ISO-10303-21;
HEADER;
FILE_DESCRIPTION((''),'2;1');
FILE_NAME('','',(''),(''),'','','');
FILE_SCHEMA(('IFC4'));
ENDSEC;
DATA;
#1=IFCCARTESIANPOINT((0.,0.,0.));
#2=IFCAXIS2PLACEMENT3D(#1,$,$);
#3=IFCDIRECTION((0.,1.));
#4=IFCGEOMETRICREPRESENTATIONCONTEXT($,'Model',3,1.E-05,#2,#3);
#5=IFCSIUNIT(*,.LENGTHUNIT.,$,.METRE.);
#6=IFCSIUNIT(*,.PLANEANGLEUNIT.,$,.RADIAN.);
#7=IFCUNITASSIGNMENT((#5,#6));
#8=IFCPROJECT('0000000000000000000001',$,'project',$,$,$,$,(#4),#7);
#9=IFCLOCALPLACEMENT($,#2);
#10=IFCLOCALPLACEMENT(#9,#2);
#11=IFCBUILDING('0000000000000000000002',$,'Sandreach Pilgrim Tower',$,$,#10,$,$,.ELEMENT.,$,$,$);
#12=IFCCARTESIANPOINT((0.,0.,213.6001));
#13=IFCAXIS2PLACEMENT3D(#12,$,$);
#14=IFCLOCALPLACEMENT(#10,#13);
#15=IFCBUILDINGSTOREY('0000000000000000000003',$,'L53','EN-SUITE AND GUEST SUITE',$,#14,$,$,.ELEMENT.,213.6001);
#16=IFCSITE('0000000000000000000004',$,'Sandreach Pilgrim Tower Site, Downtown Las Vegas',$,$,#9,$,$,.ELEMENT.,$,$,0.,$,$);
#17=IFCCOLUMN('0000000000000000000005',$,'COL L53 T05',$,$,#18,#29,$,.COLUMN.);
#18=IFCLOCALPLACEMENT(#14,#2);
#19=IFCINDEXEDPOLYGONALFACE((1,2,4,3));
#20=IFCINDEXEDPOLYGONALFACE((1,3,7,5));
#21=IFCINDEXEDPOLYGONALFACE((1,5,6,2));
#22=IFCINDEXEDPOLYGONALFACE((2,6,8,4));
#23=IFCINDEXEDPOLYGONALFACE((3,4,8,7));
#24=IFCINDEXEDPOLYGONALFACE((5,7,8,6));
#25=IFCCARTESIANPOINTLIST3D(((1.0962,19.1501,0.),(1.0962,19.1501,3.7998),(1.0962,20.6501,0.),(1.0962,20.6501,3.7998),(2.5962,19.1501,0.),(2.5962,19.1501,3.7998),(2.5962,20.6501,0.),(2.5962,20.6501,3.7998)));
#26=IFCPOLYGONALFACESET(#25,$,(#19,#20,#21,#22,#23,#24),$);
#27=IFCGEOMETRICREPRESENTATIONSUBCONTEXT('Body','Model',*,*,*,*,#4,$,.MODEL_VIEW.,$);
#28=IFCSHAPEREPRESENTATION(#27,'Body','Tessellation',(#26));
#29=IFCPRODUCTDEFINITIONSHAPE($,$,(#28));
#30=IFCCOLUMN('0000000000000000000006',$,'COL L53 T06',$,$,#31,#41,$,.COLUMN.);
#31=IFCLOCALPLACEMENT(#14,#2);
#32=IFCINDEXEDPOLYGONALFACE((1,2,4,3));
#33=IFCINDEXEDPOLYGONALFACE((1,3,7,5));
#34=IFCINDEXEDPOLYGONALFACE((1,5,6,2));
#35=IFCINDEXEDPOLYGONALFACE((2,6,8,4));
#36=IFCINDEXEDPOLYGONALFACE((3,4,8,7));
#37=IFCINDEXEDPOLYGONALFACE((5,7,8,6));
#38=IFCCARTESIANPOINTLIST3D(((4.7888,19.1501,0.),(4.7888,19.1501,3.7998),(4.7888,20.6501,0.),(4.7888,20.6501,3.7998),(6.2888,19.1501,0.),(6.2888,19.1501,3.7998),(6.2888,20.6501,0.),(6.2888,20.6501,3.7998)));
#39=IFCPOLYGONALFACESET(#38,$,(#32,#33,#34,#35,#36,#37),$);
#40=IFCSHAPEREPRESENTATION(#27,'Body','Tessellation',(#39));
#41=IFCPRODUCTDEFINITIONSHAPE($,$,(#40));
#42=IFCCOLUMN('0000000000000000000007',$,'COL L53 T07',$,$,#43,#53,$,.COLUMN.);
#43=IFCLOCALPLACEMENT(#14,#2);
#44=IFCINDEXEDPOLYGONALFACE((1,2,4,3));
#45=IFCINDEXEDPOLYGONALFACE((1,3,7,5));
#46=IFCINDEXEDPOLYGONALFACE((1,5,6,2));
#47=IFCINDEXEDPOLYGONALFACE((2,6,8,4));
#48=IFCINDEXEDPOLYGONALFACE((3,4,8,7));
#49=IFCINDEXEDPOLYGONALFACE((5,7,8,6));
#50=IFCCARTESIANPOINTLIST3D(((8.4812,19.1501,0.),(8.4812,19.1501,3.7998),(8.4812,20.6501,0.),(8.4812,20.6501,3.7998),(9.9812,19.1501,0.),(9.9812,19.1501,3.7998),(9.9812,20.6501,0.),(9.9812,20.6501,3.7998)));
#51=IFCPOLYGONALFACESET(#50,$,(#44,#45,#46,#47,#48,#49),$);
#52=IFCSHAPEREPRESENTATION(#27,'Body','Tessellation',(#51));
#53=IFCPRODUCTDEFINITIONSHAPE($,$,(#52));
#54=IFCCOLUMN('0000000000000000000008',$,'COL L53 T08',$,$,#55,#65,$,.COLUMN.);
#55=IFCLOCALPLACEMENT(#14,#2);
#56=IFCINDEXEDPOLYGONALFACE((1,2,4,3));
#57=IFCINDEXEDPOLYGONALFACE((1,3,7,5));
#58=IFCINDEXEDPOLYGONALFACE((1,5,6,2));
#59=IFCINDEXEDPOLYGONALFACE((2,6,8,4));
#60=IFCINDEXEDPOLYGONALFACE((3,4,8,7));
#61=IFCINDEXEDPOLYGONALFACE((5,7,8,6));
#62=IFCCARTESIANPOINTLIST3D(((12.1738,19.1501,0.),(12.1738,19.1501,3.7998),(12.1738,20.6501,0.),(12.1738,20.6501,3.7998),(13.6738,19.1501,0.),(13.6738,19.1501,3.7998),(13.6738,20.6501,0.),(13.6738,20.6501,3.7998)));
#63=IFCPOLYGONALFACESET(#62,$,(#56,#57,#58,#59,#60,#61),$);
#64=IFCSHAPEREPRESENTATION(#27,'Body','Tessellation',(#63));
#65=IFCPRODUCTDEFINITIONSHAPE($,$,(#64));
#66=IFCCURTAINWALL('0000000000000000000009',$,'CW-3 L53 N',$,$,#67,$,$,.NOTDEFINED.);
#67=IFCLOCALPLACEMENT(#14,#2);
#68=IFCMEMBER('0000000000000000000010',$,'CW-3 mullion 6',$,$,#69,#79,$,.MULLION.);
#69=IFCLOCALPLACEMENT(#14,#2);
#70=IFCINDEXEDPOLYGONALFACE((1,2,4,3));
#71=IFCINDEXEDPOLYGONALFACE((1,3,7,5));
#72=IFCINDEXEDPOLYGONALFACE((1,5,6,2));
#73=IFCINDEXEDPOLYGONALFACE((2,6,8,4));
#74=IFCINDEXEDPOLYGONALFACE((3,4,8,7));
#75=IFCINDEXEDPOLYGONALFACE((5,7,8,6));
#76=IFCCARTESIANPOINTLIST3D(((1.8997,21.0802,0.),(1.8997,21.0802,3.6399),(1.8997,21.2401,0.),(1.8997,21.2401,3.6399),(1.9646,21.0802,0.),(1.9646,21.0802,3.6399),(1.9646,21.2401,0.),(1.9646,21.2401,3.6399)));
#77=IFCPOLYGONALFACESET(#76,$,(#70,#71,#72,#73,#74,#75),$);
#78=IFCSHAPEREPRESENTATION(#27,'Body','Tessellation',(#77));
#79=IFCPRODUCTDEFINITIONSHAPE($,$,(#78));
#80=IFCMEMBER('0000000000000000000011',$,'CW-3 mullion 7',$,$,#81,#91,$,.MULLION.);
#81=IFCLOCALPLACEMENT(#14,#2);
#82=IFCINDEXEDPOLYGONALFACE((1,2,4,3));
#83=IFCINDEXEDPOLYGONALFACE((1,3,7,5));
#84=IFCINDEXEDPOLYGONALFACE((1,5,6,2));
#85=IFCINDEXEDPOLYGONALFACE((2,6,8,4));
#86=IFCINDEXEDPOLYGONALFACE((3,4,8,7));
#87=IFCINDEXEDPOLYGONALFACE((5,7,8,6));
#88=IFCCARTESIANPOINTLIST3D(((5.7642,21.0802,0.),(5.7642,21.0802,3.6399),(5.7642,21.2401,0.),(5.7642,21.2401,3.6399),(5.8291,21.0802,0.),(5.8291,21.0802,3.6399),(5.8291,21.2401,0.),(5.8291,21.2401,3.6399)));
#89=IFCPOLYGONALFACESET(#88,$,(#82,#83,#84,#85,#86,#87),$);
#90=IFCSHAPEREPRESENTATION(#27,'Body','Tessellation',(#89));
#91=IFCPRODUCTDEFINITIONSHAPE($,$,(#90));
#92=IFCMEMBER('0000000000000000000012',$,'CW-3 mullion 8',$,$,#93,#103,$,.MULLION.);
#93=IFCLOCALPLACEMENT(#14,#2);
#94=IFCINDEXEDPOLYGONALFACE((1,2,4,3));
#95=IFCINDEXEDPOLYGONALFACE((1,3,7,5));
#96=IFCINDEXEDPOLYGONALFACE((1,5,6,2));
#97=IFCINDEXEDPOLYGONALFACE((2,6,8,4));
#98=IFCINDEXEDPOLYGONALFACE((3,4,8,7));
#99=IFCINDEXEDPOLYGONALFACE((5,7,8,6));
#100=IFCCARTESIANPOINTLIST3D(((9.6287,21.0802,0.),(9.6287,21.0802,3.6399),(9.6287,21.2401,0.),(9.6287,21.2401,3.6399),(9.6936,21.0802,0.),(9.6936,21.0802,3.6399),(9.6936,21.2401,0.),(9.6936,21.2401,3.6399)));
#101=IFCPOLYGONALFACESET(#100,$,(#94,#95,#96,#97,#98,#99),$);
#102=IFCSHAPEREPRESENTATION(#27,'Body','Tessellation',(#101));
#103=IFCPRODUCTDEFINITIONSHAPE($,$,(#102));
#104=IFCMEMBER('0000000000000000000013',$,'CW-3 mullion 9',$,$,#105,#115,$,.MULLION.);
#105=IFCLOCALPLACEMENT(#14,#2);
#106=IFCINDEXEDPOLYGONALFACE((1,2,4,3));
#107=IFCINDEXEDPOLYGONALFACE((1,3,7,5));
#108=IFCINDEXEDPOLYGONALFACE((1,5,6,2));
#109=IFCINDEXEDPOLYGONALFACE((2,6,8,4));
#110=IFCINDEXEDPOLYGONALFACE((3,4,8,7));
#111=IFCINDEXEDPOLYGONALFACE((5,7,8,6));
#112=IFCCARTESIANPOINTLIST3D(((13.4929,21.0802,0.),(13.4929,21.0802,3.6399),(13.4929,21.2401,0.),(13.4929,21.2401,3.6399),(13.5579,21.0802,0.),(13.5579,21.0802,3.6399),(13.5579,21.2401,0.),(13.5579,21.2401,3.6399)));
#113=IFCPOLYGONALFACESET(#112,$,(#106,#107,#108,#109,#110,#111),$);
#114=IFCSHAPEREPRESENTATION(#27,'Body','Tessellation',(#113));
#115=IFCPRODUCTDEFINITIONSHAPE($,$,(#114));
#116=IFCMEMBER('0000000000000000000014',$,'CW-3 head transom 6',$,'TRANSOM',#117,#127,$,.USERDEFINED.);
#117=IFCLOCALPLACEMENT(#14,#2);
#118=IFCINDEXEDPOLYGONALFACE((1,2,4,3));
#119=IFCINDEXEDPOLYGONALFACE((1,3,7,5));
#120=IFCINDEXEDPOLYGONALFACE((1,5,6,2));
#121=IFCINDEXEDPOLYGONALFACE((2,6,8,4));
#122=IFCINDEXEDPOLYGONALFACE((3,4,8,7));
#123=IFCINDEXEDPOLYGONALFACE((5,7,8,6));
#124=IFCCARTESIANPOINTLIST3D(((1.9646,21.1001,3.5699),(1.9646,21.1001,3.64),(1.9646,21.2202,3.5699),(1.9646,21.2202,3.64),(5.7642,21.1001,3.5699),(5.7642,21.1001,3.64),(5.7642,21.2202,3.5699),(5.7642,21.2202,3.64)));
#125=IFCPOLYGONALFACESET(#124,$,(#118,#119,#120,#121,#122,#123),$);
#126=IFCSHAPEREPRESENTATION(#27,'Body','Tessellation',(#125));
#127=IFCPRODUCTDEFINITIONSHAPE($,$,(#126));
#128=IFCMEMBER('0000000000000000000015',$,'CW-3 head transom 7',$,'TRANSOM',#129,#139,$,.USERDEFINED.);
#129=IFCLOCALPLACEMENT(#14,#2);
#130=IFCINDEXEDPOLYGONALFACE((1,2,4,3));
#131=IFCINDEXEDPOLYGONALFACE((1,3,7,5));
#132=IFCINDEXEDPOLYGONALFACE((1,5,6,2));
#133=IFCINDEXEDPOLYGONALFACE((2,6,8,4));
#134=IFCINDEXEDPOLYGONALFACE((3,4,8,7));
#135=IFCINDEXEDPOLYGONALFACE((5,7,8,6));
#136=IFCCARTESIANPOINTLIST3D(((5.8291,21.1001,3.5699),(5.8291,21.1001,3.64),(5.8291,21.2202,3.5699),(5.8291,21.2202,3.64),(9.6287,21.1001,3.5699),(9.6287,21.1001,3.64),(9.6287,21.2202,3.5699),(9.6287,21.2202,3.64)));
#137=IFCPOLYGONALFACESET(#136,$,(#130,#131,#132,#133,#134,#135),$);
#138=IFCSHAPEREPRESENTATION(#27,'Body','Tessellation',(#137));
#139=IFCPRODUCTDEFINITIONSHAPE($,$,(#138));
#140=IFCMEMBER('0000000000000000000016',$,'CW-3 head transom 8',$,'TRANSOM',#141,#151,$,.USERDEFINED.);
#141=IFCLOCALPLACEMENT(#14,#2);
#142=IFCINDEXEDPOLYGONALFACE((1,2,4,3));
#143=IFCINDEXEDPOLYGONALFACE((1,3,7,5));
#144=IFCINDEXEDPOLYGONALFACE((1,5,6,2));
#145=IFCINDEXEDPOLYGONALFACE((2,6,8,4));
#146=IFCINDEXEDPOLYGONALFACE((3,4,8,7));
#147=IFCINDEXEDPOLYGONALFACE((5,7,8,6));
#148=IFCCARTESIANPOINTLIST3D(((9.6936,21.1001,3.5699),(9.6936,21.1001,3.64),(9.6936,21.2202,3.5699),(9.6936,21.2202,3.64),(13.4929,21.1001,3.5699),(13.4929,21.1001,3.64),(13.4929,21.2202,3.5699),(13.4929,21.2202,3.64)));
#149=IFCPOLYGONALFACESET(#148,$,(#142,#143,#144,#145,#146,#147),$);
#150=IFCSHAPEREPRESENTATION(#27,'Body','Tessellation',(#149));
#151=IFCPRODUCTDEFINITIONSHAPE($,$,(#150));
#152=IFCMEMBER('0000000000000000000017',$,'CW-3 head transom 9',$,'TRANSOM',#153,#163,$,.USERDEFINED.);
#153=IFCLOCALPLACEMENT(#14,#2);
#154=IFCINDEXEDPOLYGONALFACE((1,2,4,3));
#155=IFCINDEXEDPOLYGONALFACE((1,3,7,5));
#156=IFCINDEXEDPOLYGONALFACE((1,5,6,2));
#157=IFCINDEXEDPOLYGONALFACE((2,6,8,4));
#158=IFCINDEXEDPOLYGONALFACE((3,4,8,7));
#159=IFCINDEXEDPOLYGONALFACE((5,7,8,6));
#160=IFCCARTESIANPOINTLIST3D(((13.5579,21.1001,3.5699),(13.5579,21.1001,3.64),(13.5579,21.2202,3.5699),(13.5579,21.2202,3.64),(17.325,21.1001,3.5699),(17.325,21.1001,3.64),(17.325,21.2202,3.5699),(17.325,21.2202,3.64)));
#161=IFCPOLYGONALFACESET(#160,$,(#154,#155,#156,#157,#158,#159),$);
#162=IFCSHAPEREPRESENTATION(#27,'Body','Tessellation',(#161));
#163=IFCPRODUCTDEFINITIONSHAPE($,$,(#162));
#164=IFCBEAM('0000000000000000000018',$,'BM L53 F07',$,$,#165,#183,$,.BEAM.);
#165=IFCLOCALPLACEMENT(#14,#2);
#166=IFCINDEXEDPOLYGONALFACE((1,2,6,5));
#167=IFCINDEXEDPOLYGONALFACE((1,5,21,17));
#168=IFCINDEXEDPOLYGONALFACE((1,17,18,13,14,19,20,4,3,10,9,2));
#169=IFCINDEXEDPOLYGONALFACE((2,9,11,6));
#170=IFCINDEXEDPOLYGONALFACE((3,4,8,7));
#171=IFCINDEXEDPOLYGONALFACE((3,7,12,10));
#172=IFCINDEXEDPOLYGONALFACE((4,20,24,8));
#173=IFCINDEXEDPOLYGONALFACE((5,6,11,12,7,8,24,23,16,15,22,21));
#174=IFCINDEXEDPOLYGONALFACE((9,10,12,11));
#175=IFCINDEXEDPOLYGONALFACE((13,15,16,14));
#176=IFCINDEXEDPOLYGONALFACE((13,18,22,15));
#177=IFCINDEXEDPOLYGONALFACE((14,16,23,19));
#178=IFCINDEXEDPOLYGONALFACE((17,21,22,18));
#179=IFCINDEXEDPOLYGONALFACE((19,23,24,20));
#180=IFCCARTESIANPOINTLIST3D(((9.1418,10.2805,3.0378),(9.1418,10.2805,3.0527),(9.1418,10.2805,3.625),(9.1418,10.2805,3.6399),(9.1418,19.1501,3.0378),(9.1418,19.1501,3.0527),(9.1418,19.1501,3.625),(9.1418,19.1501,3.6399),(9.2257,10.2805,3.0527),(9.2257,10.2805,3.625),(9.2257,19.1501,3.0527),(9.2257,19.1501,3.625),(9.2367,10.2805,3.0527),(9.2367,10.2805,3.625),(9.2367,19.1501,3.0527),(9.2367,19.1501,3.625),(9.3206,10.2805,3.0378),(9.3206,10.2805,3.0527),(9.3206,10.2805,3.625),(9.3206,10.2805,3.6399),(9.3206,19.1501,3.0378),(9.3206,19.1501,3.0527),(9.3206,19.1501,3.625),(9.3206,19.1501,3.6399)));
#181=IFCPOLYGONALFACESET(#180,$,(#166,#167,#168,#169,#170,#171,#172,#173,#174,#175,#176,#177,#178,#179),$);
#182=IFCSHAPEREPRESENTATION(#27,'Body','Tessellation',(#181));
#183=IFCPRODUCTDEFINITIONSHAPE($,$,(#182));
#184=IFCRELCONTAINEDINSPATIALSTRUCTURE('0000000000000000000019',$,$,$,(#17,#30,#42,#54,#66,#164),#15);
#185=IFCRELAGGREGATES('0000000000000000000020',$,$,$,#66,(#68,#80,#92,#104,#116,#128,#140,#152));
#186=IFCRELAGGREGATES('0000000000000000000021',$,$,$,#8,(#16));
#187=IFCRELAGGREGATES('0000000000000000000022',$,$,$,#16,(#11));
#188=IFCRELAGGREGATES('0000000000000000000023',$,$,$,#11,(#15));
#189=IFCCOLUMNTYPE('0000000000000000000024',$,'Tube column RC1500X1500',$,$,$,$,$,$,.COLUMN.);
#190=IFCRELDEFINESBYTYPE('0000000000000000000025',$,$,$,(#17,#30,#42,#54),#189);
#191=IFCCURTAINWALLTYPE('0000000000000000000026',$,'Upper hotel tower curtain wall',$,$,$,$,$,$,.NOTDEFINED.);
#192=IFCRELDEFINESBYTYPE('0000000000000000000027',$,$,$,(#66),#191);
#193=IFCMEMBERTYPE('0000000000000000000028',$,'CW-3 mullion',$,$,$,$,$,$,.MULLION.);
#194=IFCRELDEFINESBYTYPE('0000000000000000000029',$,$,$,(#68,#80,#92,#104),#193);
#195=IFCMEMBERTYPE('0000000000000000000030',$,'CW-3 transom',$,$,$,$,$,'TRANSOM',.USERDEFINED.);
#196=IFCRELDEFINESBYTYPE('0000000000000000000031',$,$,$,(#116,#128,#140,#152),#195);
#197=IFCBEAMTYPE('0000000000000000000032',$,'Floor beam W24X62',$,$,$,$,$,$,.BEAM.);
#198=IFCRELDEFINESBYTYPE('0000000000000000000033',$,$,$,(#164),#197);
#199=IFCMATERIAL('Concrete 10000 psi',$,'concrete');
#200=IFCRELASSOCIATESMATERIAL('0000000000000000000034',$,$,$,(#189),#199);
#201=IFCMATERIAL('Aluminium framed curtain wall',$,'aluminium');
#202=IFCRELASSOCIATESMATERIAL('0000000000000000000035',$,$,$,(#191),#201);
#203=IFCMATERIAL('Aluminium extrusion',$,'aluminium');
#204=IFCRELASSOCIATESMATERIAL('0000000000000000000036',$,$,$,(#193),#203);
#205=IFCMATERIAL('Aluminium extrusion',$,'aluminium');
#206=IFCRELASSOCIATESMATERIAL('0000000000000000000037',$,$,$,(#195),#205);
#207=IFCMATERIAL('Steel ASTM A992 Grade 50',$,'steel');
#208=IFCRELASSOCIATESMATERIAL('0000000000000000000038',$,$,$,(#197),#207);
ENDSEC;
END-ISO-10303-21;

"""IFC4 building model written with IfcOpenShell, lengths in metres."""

from ifc_helpers import new_model, si_unit, direction, frame, origin, origin_2d, place, context, subcontext, project, spatial, rectangle, i_section, extrude, material, material_profile, profile_set, type_object, element, aggregate, save


model = new_model("IFC4")

# Units and contexts
model_context = context("Model", 3, precision=1e-05, world=origin(), true_north=direction((0.0, 1.0)))
body_context = subcontext(model_context, "Body", "Model", "MODEL_VIEW")
ifc_project = project(units=[si_unit("LENGTHUNIT", "METRE"), si_unit("PLANEANGLEUNIT", "RADIAN")], contexts=[model_context])

# Site, building, storey
site_placement = place(None, origin())
site = spatial("IfcSite", under=ifc_project, at=site_placement, Name="Sandreach Pilgrim Tower Site, Downtown Las Vegas", CompositionType="ELEMENT", RefElevation=0.0)
building_placement = place(site_placement, origin())
building = spatial("IfcBuilding", under=site, at=building_placement, Name="Sandreach Pilgrim Tower", CompositionType="ELEMENT")
storey_placement = place(building_placement, frame((0.0, 0.0, 213.6001)))
storey = spatial("IfcBuildingStorey", under=building, at=storey_placement, Name="L53", Description="EN-SUITE AND GUEST SUITE", CompositionType="ELEMENT", Elevation=213.6001)

# Columns
ifc_material_1 = material(Name="Concrete 10000 psi", Category="concrete")
ifc_material_profile_1 = material_profile(ifc_material_1, rectangle(XDim=1.5, YDim=1.5, at=origin_2d()), Name="RC1500X1500")
ifc_profile_set_1 = profile_set([ifc_material_profile_1], Name="Concrete 10000 psi")
column_type = type_object("IfcColumnType", Name="Tube column RC1500X1500", PredefinedType="COLUMN", material=ifc_profile_set_1)
for number, where, z_axis, x_axis, name in (
    (1, (1.8462, 19.9001, 0.0), (0.0, 0.0, 1.0), (0.0, 1.0, 0.0), "COL L53 T05"),
    (2, (5.5388, 19.9001, 0.0), (0.0, 0.0, 1.0), (0.0, 1.0, 0.0), "COL L53 T06"),
    (3, (9.2312, 19.9001, 0.0), (0.0, 0.0, 1.0), (0.0, 1.0, 0.0), "COL L53 T07"),
    (4, (12.9238, 19.9001, 0.0), (0.0, 0.0, 1.0), (0.0, 1.0, 0.0), "COL L53 T08"),
):
    element("IfcColumn", number, at=place(storey_placement, frame(where, z_axis=z_axis, x_axis=x_axis)), inside=storey, type_object=column_type, Name=name, PredefinedType="COLUMN", context=body_context, shape_type="SweptSolid", body=[
        extrude(rectangle(XDim=1.5, YDim=1.5, at=origin_2d()), origin(), (0.0, 0.0, 1.0), 3.7998),
    ])

# Curtain wall, members
ifc_material_2 = material(Name="Aluminium framed curtain wall", Category="aluminium")
curtain_wall_type = type_object("IfcCurtainWallType", Name="Upper hotel tower curtain wall", PredefinedType="NOTDEFINED", material=ifc_material_2)
curtain_wall_placement = place(storey_placement, origin())
curtain_wall = element("IfcCurtainWall", 5, at=curtain_wall_placement, inside=storey, type_object=curtain_wall_type, Name="CW-3 L53 N", PredefinedType="NOTDEFINED")
ifc_material_3 = material(Name="Aluminium extrusion", Category="aluminium")
ifc_material_profile_2 = material_profile(ifc_material_3, rectangle(XDim=0.0649, YDim=0.1599, at=origin_2d()), Name="CW-3M 65X160")
ifc_profile_set_2 = profile_set([ifc_material_profile_2], Name="Aluminium extrusion")
member_type_1 = type_object("IfcMemberType", Name="CW-3 mullion", PredefinedType="MULLION", material=ifc_profile_set_2)
member_1_placement = place(storey_placement, frame((1.9321, 21.1602, 0.0), z_axis=(0.0, 0.0, 1.0), x_axis=(1.0, 0.0, 0.0)))
member_1 = element("IfcMember", 6, at=member_1_placement, type_object=member_type_1, Name="CW-3 mullion 6", PredefinedType="MULLION", context=body_context, shape_type="SweptSolid", body=[
    extrude(rectangle(XDim=0.0649, YDim=0.1599, at=origin_2d()), origin(), (0.0, 0.0, 1.0), 3.6399),
])
member_2_placement = place(storey_placement, frame((5.7966, 21.1602, 0.0), z_axis=(0.0, 0.0, 1.0), x_axis=(1.0, 0.0, 0.0)))
member_2 = element("IfcMember", 7, at=member_2_placement, type_object=member_type_1, Name="CW-3 mullion 7", PredefinedType="MULLION", context=body_context, shape_type="SweptSolid", body=[
    extrude(rectangle(XDim=0.0649, YDim=0.1599, at=origin_2d()), origin(), (0.0, 0.0, 1.0), 3.6399),
])
member_3_placement = place(storey_placement, frame((9.6611, 21.1602, 0.0), z_axis=(0.0, 0.0, 1.0), x_axis=(1.0, 0.0, 0.0)))
member_3 = element("IfcMember", 8, at=member_3_placement, type_object=member_type_1, Name="CW-3 mullion 8", PredefinedType="MULLION", context=body_context, shape_type="SweptSolid", body=[
    extrude(rectangle(XDim=0.0649, YDim=0.1599, at=origin_2d()), origin(), (0.0, 0.0, 1.0), 3.6399),
])
member_4_placement = place(storey_placement, frame((13.5254, 21.1602, 0.0), z_axis=(0.0, 0.0, 1.0), x_axis=(1.0, 0.0, 0.0)))
member_4 = element("IfcMember", 9, at=member_4_placement, type_object=member_type_1, Name="CW-3 mullion 9", PredefinedType="MULLION", context=body_context, shape_type="SweptSolid", body=[
    extrude(rectangle(XDim=0.0649, YDim=0.1599, at=origin_2d()), origin(), (0.0, 0.0, 1.0), 3.6399),
])
ifc_material_4 = material(Name="Aluminium extrusion", Category="aluminium")
ifc_material_profile_3 = material_profile(ifc_material_4, rectangle(XDim=0.1201, YDim=0.0701, at=origin_2d()), Name="CW-3T 120X70")
ifc_profile_set_3 = profile_set([ifc_material_profile_3], Name="Aluminium extrusion")
member_type_2 = type_object("IfcMemberType", Name="CW-3 transom", ElementType="TRANSOM", PredefinedType="USERDEFINED", material=ifc_profile_set_3)
member_5_placement = place(storey_placement, frame((1.9646, 21.1602, 3.605), z_axis=(1.0, 0.0, 0.0), x_axis=(0.0, 1.0, 0.0)))
member_5 = element("IfcMember", 10, at=member_5_placement, type_object=member_type_2, Name="CW-3 head transom 6", ObjectType="TRANSOM", PredefinedType="USERDEFINED", context=body_context, shape_type="SweptSolid", body=[
    extrude(rectangle(XDim=0.1201, YDim=0.0701, at=origin_2d()), origin(), (0.0, 0.0, 1.0), 3.7996),
])
member_6_placement = place(storey_placement, frame((5.8291, 21.1602, 3.605), z_axis=(1.0, 0.0, 0.0), x_axis=(0.0, 1.0, 0.0)))
member_6 = element("IfcMember", 11, at=member_6_placement, type_object=member_type_2, Name="CW-3 head transom 7", ObjectType="TRANSOM", PredefinedType="USERDEFINED", context=body_context, shape_type="SweptSolid", body=[
    extrude(rectangle(XDim=0.1201, YDim=0.0701, at=origin_2d()), origin(), (0.0, 0.0, 1.0), 3.7996),
])
member_7_placement = place(storey_placement, frame((9.6936, 21.1602, 3.605), z_axis=(1.0, 0.0, 0.0), x_axis=(0.0, 1.0, 0.0)))
member_7 = element("IfcMember", 12, at=member_7_placement, type_object=member_type_2, Name="CW-3 head transom 8", ObjectType="TRANSOM", PredefinedType="USERDEFINED", context=body_context, shape_type="SweptSolid", body=[
    extrude(rectangle(XDim=0.1201, YDim=0.0701, at=origin_2d()), origin(), (0.0, 0.0, 1.0), 3.7993),
])
member_8_placement = place(storey_placement, frame((13.5579, 21.1602, 3.605), z_axis=(1.0, 0.0, 0.0), x_axis=(0.0, 1.0, 0.0)))
member_8 = element("IfcMember", 13, at=member_8_placement, type_object=member_type_2, Name="CW-3 head transom 9", ObjectType="TRANSOM", PredefinedType="USERDEFINED", context=body_context, shape_type="SweptSolid", body=[
    extrude(rectangle(XDim=0.1201, YDim=0.0701, at=origin_2d()), origin(), (0.0, 0.0, 1.0), 3.7671),
])

# Beam
ifc_material_5 = material(Name="Steel ASTM A992 Grade 50", Category="steel")
ifc_material_profile_4 = material_profile(ifc_material_5, i_section(OverallWidth=0.1787, OverallDepth=0.6021, WebThickness=0.011, FlangeThickness=0.0149, at=origin_2d()), Name="W24X62")
ifc_profile_set_4 = profile_set([ifc_material_profile_4], Name="Steel ASTM A992 Grade 50")
beam_type_1 = type_object("IfcBeamType", Name="Floor beam W24X62", PredefinedType="BEAM", material=ifc_profile_set_4)
beam_1_placement = place(storey_placement, frame((9.2312, 19.1501, 3.3389), z_axis=(0.0, -1.0, 0.0), x_axis=(1.0, 0.0, 0.0)))
element("IfcBeam", 14, at=beam_1_placement, inside=storey, type_object=beam_type_1, Name="BM L53 F07", PredefinedType="BEAM", context=body_context, shape_type="SweptSolid", body=[
    extrude(i_section(OverallWidth=0.1787, OverallDepth=0.6021, WebThickness=0.011, FlangeThickness=0.0149, at=origin_2d()), origin(), (0.0, 0.0, 1.0), 8.8696),
])

aggregate(curtain_wall, [member_1, member_2, member_3, member_4, member_5, member_6, member_7, member_8])

save(model, "model.ifc")
